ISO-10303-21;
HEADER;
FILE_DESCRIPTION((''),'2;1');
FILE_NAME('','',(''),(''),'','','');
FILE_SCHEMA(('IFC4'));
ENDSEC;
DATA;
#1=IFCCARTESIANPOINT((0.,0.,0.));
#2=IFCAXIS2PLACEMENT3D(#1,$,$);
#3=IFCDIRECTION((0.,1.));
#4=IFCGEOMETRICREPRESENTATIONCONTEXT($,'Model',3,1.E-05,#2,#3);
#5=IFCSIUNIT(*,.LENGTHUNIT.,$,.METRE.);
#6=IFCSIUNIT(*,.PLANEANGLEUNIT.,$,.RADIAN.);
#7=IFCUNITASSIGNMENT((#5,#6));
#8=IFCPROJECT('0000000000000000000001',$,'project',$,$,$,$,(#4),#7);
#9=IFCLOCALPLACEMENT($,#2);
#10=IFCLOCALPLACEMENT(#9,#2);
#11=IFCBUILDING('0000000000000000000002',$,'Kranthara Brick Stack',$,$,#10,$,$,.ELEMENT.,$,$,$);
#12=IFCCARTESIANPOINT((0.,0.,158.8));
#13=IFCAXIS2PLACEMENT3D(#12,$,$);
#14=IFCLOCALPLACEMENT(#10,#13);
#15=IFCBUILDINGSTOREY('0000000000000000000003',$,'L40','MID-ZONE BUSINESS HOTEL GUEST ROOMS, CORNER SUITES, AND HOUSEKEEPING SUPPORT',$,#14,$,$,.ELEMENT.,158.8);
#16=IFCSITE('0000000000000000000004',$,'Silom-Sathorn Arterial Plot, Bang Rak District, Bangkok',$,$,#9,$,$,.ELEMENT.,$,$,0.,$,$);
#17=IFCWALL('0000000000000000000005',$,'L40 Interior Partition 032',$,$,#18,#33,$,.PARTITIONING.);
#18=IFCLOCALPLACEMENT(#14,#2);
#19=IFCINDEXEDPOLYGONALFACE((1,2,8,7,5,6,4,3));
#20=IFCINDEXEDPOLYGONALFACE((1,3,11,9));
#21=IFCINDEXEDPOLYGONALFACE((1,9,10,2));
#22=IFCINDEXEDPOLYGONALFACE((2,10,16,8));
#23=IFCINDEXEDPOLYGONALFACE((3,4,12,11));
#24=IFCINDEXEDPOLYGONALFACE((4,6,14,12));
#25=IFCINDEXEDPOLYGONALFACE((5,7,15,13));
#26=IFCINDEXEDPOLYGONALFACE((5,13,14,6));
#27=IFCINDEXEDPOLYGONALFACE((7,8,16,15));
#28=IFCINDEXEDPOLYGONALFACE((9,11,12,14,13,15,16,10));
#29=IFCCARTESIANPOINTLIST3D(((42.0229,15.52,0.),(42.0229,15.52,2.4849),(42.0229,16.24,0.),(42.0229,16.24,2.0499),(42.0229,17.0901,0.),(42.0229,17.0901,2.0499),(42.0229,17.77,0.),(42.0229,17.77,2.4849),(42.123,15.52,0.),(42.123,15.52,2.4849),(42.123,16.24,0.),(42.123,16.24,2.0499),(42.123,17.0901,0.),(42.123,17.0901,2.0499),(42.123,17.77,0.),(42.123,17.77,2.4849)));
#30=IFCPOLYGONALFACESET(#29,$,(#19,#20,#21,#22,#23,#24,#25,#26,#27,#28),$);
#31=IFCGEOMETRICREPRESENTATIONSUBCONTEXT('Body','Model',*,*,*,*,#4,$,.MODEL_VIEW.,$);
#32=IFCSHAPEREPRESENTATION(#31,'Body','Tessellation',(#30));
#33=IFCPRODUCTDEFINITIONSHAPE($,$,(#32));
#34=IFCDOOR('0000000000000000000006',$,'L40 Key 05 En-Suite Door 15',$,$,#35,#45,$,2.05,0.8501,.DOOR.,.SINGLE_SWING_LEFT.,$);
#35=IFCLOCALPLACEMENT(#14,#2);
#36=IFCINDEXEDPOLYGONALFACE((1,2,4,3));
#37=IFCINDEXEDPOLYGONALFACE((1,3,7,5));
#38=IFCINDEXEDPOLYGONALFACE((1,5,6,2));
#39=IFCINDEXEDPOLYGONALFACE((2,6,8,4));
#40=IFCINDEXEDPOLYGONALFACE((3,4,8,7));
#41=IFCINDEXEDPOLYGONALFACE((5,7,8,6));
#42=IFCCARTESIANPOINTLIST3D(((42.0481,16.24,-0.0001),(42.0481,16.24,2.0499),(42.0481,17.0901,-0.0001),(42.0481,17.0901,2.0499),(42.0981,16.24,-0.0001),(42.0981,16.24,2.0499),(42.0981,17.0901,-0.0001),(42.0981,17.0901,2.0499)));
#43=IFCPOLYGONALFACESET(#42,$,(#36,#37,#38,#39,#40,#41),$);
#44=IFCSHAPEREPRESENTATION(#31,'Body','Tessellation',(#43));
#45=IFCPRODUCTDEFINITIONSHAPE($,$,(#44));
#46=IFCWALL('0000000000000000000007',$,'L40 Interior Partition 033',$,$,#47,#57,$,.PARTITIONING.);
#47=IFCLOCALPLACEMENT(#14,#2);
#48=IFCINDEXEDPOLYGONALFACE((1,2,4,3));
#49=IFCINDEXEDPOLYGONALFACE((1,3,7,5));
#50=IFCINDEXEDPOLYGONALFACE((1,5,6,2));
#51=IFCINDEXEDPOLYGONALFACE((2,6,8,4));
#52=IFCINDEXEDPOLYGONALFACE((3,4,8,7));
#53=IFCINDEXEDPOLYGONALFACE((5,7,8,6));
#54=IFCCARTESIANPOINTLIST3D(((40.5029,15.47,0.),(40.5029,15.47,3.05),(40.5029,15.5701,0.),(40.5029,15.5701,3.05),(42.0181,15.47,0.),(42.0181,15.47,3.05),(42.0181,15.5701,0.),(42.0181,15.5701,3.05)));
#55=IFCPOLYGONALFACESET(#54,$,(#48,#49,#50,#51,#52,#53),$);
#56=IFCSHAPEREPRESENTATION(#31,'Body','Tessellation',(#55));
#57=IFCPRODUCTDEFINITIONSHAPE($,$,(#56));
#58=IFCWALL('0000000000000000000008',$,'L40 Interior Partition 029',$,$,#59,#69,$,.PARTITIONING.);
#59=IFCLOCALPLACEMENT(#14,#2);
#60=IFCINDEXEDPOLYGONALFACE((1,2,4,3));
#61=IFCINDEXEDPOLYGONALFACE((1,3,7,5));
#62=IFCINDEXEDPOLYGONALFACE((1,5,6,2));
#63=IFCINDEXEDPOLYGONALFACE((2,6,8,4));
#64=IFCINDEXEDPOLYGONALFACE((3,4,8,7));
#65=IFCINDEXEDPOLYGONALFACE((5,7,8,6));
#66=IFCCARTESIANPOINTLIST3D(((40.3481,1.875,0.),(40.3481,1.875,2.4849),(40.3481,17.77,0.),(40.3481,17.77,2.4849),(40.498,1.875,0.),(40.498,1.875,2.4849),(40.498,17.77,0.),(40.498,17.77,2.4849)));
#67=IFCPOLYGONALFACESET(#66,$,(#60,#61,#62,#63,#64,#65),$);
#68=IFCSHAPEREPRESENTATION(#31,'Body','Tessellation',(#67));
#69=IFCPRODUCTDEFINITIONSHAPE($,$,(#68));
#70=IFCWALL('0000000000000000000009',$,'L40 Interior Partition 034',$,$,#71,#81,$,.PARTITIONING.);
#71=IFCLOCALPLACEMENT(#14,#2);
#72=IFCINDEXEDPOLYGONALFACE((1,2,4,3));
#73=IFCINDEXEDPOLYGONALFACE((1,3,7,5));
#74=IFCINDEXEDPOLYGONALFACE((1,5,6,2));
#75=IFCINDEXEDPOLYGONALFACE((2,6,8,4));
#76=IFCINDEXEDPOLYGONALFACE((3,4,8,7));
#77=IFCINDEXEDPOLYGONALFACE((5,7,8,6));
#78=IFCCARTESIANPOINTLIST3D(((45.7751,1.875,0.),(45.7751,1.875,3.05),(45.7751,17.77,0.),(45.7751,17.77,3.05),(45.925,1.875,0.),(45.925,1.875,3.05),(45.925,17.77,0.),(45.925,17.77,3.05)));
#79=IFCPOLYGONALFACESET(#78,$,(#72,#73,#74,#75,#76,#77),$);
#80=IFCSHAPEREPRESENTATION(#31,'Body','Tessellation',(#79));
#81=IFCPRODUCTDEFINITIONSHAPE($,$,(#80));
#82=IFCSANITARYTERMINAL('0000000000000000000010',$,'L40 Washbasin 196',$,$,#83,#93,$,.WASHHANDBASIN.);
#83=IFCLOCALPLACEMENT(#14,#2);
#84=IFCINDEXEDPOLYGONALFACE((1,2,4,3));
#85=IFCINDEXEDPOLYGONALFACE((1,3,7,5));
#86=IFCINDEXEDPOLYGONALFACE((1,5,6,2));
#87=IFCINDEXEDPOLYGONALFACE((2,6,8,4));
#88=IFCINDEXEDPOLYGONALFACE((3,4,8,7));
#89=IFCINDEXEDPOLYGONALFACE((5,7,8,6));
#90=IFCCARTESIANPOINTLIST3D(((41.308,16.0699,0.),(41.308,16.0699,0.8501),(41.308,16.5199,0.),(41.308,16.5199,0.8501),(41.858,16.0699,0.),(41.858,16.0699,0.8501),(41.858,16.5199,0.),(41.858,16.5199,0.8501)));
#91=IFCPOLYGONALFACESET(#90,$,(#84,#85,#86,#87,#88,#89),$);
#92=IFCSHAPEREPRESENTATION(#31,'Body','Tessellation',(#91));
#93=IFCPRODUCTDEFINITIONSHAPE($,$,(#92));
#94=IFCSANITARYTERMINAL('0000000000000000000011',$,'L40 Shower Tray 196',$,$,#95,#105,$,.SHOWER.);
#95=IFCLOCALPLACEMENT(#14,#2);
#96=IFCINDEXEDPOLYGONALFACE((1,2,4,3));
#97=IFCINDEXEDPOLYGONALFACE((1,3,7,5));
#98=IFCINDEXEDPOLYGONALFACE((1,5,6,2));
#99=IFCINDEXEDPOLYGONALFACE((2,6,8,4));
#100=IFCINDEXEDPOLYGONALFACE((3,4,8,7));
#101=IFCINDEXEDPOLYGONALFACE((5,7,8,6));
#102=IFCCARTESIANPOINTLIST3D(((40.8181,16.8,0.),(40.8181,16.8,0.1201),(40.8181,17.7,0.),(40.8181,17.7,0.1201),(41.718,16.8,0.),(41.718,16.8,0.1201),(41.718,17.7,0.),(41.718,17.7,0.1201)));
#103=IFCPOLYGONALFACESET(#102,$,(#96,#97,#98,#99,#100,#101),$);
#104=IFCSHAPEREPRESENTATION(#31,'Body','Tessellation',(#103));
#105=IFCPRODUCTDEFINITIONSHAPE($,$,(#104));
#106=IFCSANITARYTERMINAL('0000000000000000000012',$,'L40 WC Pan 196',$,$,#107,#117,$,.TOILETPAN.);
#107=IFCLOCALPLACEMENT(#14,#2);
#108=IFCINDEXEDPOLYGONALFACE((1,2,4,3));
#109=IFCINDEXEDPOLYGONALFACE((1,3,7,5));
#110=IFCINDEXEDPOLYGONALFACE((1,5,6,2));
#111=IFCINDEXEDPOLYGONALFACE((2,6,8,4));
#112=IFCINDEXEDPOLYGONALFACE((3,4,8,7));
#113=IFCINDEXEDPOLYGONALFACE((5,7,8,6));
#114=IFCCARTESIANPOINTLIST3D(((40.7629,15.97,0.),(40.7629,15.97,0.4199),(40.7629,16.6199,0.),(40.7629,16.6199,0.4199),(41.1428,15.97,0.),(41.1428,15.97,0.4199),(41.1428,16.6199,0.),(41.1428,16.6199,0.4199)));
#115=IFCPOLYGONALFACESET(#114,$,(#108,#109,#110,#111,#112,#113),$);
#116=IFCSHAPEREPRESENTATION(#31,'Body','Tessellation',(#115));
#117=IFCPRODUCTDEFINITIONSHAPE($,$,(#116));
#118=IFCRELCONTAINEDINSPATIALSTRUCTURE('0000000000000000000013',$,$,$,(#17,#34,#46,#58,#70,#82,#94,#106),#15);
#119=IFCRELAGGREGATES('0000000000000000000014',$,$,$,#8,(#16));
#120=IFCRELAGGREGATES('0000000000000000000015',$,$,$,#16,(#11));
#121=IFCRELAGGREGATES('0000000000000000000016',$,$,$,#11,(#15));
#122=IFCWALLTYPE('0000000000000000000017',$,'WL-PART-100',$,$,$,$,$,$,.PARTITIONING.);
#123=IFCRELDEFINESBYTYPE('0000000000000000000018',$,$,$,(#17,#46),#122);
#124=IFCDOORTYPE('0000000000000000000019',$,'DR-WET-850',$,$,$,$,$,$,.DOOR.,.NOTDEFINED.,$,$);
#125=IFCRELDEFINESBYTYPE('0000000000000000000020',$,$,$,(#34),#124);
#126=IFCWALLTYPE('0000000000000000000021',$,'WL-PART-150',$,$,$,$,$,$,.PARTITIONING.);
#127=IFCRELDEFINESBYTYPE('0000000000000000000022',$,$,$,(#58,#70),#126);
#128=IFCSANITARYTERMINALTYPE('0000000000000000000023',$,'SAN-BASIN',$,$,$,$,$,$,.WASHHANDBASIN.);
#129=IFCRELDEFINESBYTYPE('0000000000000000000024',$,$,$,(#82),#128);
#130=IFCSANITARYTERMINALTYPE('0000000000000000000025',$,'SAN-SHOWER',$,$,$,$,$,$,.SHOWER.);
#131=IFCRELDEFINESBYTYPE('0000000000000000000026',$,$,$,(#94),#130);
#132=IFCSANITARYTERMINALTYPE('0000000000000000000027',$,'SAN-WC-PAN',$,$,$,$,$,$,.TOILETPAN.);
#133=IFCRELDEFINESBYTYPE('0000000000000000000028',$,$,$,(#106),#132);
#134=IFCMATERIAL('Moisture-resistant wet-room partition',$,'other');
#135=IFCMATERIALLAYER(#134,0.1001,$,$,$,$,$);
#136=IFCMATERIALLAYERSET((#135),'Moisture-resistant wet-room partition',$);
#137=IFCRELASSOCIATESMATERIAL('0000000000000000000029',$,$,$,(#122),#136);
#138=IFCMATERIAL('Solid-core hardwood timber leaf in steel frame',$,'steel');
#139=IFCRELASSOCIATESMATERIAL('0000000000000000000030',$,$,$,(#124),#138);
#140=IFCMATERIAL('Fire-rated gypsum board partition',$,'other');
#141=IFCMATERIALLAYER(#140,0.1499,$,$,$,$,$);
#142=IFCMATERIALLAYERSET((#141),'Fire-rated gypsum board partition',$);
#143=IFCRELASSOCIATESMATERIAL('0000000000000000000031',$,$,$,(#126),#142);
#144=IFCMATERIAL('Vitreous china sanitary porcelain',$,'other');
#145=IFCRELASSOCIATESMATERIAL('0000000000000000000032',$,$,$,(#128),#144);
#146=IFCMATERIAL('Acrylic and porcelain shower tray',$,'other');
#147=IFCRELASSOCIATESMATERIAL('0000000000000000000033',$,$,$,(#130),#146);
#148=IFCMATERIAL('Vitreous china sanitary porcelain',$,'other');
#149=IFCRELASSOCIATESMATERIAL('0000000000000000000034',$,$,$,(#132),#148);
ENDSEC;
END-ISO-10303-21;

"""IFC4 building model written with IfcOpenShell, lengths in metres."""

from ifc_helpers import new_model, si_unit, direction, frame, frame_2d, origin, origin_2d, place, context, subcontext, project, spatial, rectangle, extrude, material, layer, layer_set, type_object, element, fill, save


model = new_model("IFC4")

# Units and contexts
model_context = context("Model", 3, precision=1e-05, world=origin(), true_north=direction((0.0, 1.0)))
body_context = subcontext(model_context, "Body", "Model", "MODEL_VIEW")
ifc_project = project(units=[si_unit("LENGTHUNIT", "METRE"), si_unit("PLANEANGLEUNIT", "RADIAN")], contexts=[model_context])

# Site, building, storey
site_placement = place(None, origin())
site = spatial("IfcSite", under=ifc_project, at=site_placement, Name="Silom-Sathorn Arterial Plot, Bang Rak District, Bangkok", CompositionType="ELEMENT", RefElevation=0.0)
building_placement = place(site_placement, origin())
building = spatial("IfcBuilding", under=site, at=building_placement, Name="Kranthara Brick Stack", CompositionType="ELEMENT")
storey_placement = place(building_placement, frame((0.0, 0.0, 158.8)))
storey = spatial("IfcBuildingStorey", under=building, at=storey_placement, Name="L40", Description="MID-ZONE BUSINESS HOTEL GUEST ROOMS, CORNER SUITES, AND HOUSEKEEPING SUPPORT", CompositionType="ELEMENT", Elevation=158.8)

# Wall, opening, door
ifc_material_1 = material(Name="Moisture-resistant wet-room partition", Category="other")
ifc_layer_1 = layer(ifc_material_1, 0.1001)
ifc_layer_set_1 = layer_set([ifc_layer_1], Name="Moisture-resistant wet-room partition")
wall_type_1 = type_object("IfcWallType", Name="WL-PART-100", PredefinedType="PARTITIONING", material=ifc_layer_set_1)
wall_1_placement = place(storey_placement, frame((42.073, 15.52, 0.0), z_axis=(0.0, 0.0, 1.0), x_axis=(0.0, 1.0, 0.0)))
wall_1 = element("IfcWall", 1, at=wall_1_placement, inside=storey, type_object=wall_type_1, Name="L40 Interior Partition 032", PredefinedType="PARTITIONING", context=body_context, shape_type="SweptSolid", body=[
    extrude(rectangle(XDim=2.25, YDim=0.1001, at=frame_2d((1.125, 0.0))), origin(), (0.0, 0.0, 1.0), 2.4849),
])
opening_1_placement = place(wall_1_placement, frame((0.72, 0.0, 0.0)))
opening_1 = element("IfcOpeningElement", 2, at=opening_1_placement, cuts=wall_1, PredefinedType="OPENING", context=body_context, shape_type="SweptSolid", body=[
    extrude(rectangle(XDim=0.8501, YDim=2.05, at=frame_2d((0.425, 1.0249))), frame((0.0, 0.0601, 0.0), z_axis=(0.0, -1.0, 0.0), x_axis=(1.0, 0.0, 0.0)), (0.0, 0.0, 1.0), 0.1201),
])
ifc_material_2 = material(Name="Solid-core hardwood timber leaf in steel frame", Category="steel")
door_type_1 = type_object("IfcDoorType", Name="DR-WET-850", OperationType="NOTDEFINED", PredefinedType="DOOR", material=ifc_material_2)
door_1_placement = place(opening_1_placement, origin())
door_1 = element("IfcDoor", 3, at=door_1_placement, inside=storey, type_object=door_type_1, Name="L40 Key 05 En-Suite Door 15", OperationType="SINGLE_SWING_LEFT", OverallHeight=2.05, OverallWidth=0.8501, PredefinedType="DOOR", context=body_context, shape_type="SweptSolid", body=[
    extrude(rectangle(XDim=0.8501, YDim=2.05, at=frame_2d((0.425, 1.0249))), frame((0.0, 0.0249, 0.0), z_axis=(0.0, -1.0, 0.0), x_axis=(1.0, 0.0, 0.0)), (0.0, 0.0, 1.0), 0.05),
])
fill(opening_1, door_1)

# Walls
wall_2_placement = place(storey_placement, frame((40.5029, 15.52, 0.0), z_axis=(0.0, 0.0, 1.0), x_axis=(1.0, 0.0, 0.0)))
element("IfcWall", 4, at=wall_2_placement, inside=storey, type_object=wall_type_1, Name="L40 Interior Partition 033", PredefinedType="PARTITIONING", context=body_context, shape_type="SweptSolid", body=[
    extrude(rectangle(XDim=1.5151, YDim=0.1001, at=frame_2d((0.7576, 0.0))), origin(), (0.0, 0.0, 1.0), 3.05),
])
ifc_material_3 = material(Name="Fire-rated gypsum board partition", Category="other")
ifc_layer_2 = layer(ifc_material_3, 0.1499)
ifc_layer_set_2 = layer_set([ifc_layer_2], Name="Fire-rated gypsum board partition")
wall_type_2 = type_object("IfcWallType", Name="WL-PART-150", PredefinedType="PARTITIONING", material=ifc_layer_set_2)
wall_3_placement = place(storey_placement, frame((40.4231, 1.875, 0.0), z_axis=(0.0, 0.0, 1.0), x_axis=(0.0, 1.0, 0.0)))
element("IfcWall", 5, at=wall_3_placement, inside=storey, type_object=wall_type_2, Name="L40 Interior Partition 029", PredefinedType="PARTITIONING", context=body_context, shape_type="SweptSolid", body=[
    extrude(rectangle(XDim=15.895, YDim=0.1499, at=frame_2d((7.9475, 0.0))), origin(), (0.0, 0.0, 1.0), 2.4849),
])
wall_4_placement = place(storey_placement, frame((45.8501, 1.875, 0.0), z_axis=(0.0, 0.0, 1.0), x_axis=(0.0, 1.0, 0.0)))
element("IfcWall", 6, at=wall_4_placement, inside=storey, type_object=wall_type_2, Name="L40 Interior Partition 034", PredefinedType="PARTITIONING", context=body_context, shape_type="SweptSolid", body=[
    extrude(rectangle(XDim=15.895, YDim=0.1499, at=frame_2d((7.9475, 0.0))), origin(), (0.0, 0.0, 1.0), 3.05),
])

# Sanitary terminals
ifc_material_4 = material(Name="Vitreous china sanitary porcelain", Category="other")
sanitary_terminal_type_1 = type_object("IfcSanitaryTerminalType", Name="SAN-BASIN", PredefinedType="WASHHANDBASIN", material=ifc_material_4)
sanitary_terminal_1_placement = place(storey_placement, frame((41.583, 16.2949, 0.0), z_axis=(0.0, 0.0, 1.0), x_axis=(1.0, 0.0, 0.0)))
element("IfcSanitaryTerminal", 7, at=sanitary_terminal_1_placement, inside=storey, type_object=sanitary_terminal_type_1, Name="L40 Washbasin 196", PredefinedType="WASHHANDBASIN", context=body_context, shape_type="SweptSolid", body=[
    extrude(rectangle(XDim=0.55, YDim=0.45, at=origin_2d()), origin(), (0.0, 0.0, 1.0), 0.8501),
])
ifc_material_5 = material(Name="Acrylic and porcelain shower tray", Category="other")
sanitary_terminal_type_2 = type_object("IfcSanitaryTerminalType", Name="SAN-SHOWER", PredefinedType="SHOWER", material=ifc_material_5)
sanitary_terminal_2_placement = place(storey_placement, frame((41.2681, 17.25, 0.0), z_axis=(0.0, 0.0, 1.0), x_axis=(1.0, 0.0, 0.0)))
element("IfcSanitaryTerminal", 8, at=sanitary_terminal_2_placement, inside=storey, type_object=sanitary_terminal_type_2, Name="L40 Shower Tray 196", PredefinedType="SHOWER", context=body_context, shape_type="SweptSolid", body=[
    extrude(rectangle(XDim=0.8999, YDim=0.8999, at=origin_2d()), origin(), (0.0, 0.0, 1.0), 0.1201),
])
ifc_material_6 = material(Name="Vitreous china sanitary porcelain", Category="other")
sanitary_terminal_type_3 = type_object("IfcSanitaryTerminalType", Name="SAN-WC-PAN", PredefinedType="TOILETPAN", material=ifc_material_6)
sanitary_terminal_3_placement = place(storey_placement, frame((40.9529, 16.2949, 0.0), z_axis=(0.0, 0.0, 1.0), x_axis=(1.0, 0.0, 0.0)))
element("IfcSanitaryTerminal", 9, at=sanitary_terminal_3_placement, inside=storey, type_object=sanitary_terminal_type_3, Name="L40 WC Pan 196", PredefinedType="TOILETPAN", context=body_context, shape_type="SweptSolid", body=[
    extrude(rectangle(XDim=0.3799, YDim=0.6499, at=origin_2d()), origin(), (0.0, 0.0, 1.0), 0.4199),
])

save(model, "model.ifc")
